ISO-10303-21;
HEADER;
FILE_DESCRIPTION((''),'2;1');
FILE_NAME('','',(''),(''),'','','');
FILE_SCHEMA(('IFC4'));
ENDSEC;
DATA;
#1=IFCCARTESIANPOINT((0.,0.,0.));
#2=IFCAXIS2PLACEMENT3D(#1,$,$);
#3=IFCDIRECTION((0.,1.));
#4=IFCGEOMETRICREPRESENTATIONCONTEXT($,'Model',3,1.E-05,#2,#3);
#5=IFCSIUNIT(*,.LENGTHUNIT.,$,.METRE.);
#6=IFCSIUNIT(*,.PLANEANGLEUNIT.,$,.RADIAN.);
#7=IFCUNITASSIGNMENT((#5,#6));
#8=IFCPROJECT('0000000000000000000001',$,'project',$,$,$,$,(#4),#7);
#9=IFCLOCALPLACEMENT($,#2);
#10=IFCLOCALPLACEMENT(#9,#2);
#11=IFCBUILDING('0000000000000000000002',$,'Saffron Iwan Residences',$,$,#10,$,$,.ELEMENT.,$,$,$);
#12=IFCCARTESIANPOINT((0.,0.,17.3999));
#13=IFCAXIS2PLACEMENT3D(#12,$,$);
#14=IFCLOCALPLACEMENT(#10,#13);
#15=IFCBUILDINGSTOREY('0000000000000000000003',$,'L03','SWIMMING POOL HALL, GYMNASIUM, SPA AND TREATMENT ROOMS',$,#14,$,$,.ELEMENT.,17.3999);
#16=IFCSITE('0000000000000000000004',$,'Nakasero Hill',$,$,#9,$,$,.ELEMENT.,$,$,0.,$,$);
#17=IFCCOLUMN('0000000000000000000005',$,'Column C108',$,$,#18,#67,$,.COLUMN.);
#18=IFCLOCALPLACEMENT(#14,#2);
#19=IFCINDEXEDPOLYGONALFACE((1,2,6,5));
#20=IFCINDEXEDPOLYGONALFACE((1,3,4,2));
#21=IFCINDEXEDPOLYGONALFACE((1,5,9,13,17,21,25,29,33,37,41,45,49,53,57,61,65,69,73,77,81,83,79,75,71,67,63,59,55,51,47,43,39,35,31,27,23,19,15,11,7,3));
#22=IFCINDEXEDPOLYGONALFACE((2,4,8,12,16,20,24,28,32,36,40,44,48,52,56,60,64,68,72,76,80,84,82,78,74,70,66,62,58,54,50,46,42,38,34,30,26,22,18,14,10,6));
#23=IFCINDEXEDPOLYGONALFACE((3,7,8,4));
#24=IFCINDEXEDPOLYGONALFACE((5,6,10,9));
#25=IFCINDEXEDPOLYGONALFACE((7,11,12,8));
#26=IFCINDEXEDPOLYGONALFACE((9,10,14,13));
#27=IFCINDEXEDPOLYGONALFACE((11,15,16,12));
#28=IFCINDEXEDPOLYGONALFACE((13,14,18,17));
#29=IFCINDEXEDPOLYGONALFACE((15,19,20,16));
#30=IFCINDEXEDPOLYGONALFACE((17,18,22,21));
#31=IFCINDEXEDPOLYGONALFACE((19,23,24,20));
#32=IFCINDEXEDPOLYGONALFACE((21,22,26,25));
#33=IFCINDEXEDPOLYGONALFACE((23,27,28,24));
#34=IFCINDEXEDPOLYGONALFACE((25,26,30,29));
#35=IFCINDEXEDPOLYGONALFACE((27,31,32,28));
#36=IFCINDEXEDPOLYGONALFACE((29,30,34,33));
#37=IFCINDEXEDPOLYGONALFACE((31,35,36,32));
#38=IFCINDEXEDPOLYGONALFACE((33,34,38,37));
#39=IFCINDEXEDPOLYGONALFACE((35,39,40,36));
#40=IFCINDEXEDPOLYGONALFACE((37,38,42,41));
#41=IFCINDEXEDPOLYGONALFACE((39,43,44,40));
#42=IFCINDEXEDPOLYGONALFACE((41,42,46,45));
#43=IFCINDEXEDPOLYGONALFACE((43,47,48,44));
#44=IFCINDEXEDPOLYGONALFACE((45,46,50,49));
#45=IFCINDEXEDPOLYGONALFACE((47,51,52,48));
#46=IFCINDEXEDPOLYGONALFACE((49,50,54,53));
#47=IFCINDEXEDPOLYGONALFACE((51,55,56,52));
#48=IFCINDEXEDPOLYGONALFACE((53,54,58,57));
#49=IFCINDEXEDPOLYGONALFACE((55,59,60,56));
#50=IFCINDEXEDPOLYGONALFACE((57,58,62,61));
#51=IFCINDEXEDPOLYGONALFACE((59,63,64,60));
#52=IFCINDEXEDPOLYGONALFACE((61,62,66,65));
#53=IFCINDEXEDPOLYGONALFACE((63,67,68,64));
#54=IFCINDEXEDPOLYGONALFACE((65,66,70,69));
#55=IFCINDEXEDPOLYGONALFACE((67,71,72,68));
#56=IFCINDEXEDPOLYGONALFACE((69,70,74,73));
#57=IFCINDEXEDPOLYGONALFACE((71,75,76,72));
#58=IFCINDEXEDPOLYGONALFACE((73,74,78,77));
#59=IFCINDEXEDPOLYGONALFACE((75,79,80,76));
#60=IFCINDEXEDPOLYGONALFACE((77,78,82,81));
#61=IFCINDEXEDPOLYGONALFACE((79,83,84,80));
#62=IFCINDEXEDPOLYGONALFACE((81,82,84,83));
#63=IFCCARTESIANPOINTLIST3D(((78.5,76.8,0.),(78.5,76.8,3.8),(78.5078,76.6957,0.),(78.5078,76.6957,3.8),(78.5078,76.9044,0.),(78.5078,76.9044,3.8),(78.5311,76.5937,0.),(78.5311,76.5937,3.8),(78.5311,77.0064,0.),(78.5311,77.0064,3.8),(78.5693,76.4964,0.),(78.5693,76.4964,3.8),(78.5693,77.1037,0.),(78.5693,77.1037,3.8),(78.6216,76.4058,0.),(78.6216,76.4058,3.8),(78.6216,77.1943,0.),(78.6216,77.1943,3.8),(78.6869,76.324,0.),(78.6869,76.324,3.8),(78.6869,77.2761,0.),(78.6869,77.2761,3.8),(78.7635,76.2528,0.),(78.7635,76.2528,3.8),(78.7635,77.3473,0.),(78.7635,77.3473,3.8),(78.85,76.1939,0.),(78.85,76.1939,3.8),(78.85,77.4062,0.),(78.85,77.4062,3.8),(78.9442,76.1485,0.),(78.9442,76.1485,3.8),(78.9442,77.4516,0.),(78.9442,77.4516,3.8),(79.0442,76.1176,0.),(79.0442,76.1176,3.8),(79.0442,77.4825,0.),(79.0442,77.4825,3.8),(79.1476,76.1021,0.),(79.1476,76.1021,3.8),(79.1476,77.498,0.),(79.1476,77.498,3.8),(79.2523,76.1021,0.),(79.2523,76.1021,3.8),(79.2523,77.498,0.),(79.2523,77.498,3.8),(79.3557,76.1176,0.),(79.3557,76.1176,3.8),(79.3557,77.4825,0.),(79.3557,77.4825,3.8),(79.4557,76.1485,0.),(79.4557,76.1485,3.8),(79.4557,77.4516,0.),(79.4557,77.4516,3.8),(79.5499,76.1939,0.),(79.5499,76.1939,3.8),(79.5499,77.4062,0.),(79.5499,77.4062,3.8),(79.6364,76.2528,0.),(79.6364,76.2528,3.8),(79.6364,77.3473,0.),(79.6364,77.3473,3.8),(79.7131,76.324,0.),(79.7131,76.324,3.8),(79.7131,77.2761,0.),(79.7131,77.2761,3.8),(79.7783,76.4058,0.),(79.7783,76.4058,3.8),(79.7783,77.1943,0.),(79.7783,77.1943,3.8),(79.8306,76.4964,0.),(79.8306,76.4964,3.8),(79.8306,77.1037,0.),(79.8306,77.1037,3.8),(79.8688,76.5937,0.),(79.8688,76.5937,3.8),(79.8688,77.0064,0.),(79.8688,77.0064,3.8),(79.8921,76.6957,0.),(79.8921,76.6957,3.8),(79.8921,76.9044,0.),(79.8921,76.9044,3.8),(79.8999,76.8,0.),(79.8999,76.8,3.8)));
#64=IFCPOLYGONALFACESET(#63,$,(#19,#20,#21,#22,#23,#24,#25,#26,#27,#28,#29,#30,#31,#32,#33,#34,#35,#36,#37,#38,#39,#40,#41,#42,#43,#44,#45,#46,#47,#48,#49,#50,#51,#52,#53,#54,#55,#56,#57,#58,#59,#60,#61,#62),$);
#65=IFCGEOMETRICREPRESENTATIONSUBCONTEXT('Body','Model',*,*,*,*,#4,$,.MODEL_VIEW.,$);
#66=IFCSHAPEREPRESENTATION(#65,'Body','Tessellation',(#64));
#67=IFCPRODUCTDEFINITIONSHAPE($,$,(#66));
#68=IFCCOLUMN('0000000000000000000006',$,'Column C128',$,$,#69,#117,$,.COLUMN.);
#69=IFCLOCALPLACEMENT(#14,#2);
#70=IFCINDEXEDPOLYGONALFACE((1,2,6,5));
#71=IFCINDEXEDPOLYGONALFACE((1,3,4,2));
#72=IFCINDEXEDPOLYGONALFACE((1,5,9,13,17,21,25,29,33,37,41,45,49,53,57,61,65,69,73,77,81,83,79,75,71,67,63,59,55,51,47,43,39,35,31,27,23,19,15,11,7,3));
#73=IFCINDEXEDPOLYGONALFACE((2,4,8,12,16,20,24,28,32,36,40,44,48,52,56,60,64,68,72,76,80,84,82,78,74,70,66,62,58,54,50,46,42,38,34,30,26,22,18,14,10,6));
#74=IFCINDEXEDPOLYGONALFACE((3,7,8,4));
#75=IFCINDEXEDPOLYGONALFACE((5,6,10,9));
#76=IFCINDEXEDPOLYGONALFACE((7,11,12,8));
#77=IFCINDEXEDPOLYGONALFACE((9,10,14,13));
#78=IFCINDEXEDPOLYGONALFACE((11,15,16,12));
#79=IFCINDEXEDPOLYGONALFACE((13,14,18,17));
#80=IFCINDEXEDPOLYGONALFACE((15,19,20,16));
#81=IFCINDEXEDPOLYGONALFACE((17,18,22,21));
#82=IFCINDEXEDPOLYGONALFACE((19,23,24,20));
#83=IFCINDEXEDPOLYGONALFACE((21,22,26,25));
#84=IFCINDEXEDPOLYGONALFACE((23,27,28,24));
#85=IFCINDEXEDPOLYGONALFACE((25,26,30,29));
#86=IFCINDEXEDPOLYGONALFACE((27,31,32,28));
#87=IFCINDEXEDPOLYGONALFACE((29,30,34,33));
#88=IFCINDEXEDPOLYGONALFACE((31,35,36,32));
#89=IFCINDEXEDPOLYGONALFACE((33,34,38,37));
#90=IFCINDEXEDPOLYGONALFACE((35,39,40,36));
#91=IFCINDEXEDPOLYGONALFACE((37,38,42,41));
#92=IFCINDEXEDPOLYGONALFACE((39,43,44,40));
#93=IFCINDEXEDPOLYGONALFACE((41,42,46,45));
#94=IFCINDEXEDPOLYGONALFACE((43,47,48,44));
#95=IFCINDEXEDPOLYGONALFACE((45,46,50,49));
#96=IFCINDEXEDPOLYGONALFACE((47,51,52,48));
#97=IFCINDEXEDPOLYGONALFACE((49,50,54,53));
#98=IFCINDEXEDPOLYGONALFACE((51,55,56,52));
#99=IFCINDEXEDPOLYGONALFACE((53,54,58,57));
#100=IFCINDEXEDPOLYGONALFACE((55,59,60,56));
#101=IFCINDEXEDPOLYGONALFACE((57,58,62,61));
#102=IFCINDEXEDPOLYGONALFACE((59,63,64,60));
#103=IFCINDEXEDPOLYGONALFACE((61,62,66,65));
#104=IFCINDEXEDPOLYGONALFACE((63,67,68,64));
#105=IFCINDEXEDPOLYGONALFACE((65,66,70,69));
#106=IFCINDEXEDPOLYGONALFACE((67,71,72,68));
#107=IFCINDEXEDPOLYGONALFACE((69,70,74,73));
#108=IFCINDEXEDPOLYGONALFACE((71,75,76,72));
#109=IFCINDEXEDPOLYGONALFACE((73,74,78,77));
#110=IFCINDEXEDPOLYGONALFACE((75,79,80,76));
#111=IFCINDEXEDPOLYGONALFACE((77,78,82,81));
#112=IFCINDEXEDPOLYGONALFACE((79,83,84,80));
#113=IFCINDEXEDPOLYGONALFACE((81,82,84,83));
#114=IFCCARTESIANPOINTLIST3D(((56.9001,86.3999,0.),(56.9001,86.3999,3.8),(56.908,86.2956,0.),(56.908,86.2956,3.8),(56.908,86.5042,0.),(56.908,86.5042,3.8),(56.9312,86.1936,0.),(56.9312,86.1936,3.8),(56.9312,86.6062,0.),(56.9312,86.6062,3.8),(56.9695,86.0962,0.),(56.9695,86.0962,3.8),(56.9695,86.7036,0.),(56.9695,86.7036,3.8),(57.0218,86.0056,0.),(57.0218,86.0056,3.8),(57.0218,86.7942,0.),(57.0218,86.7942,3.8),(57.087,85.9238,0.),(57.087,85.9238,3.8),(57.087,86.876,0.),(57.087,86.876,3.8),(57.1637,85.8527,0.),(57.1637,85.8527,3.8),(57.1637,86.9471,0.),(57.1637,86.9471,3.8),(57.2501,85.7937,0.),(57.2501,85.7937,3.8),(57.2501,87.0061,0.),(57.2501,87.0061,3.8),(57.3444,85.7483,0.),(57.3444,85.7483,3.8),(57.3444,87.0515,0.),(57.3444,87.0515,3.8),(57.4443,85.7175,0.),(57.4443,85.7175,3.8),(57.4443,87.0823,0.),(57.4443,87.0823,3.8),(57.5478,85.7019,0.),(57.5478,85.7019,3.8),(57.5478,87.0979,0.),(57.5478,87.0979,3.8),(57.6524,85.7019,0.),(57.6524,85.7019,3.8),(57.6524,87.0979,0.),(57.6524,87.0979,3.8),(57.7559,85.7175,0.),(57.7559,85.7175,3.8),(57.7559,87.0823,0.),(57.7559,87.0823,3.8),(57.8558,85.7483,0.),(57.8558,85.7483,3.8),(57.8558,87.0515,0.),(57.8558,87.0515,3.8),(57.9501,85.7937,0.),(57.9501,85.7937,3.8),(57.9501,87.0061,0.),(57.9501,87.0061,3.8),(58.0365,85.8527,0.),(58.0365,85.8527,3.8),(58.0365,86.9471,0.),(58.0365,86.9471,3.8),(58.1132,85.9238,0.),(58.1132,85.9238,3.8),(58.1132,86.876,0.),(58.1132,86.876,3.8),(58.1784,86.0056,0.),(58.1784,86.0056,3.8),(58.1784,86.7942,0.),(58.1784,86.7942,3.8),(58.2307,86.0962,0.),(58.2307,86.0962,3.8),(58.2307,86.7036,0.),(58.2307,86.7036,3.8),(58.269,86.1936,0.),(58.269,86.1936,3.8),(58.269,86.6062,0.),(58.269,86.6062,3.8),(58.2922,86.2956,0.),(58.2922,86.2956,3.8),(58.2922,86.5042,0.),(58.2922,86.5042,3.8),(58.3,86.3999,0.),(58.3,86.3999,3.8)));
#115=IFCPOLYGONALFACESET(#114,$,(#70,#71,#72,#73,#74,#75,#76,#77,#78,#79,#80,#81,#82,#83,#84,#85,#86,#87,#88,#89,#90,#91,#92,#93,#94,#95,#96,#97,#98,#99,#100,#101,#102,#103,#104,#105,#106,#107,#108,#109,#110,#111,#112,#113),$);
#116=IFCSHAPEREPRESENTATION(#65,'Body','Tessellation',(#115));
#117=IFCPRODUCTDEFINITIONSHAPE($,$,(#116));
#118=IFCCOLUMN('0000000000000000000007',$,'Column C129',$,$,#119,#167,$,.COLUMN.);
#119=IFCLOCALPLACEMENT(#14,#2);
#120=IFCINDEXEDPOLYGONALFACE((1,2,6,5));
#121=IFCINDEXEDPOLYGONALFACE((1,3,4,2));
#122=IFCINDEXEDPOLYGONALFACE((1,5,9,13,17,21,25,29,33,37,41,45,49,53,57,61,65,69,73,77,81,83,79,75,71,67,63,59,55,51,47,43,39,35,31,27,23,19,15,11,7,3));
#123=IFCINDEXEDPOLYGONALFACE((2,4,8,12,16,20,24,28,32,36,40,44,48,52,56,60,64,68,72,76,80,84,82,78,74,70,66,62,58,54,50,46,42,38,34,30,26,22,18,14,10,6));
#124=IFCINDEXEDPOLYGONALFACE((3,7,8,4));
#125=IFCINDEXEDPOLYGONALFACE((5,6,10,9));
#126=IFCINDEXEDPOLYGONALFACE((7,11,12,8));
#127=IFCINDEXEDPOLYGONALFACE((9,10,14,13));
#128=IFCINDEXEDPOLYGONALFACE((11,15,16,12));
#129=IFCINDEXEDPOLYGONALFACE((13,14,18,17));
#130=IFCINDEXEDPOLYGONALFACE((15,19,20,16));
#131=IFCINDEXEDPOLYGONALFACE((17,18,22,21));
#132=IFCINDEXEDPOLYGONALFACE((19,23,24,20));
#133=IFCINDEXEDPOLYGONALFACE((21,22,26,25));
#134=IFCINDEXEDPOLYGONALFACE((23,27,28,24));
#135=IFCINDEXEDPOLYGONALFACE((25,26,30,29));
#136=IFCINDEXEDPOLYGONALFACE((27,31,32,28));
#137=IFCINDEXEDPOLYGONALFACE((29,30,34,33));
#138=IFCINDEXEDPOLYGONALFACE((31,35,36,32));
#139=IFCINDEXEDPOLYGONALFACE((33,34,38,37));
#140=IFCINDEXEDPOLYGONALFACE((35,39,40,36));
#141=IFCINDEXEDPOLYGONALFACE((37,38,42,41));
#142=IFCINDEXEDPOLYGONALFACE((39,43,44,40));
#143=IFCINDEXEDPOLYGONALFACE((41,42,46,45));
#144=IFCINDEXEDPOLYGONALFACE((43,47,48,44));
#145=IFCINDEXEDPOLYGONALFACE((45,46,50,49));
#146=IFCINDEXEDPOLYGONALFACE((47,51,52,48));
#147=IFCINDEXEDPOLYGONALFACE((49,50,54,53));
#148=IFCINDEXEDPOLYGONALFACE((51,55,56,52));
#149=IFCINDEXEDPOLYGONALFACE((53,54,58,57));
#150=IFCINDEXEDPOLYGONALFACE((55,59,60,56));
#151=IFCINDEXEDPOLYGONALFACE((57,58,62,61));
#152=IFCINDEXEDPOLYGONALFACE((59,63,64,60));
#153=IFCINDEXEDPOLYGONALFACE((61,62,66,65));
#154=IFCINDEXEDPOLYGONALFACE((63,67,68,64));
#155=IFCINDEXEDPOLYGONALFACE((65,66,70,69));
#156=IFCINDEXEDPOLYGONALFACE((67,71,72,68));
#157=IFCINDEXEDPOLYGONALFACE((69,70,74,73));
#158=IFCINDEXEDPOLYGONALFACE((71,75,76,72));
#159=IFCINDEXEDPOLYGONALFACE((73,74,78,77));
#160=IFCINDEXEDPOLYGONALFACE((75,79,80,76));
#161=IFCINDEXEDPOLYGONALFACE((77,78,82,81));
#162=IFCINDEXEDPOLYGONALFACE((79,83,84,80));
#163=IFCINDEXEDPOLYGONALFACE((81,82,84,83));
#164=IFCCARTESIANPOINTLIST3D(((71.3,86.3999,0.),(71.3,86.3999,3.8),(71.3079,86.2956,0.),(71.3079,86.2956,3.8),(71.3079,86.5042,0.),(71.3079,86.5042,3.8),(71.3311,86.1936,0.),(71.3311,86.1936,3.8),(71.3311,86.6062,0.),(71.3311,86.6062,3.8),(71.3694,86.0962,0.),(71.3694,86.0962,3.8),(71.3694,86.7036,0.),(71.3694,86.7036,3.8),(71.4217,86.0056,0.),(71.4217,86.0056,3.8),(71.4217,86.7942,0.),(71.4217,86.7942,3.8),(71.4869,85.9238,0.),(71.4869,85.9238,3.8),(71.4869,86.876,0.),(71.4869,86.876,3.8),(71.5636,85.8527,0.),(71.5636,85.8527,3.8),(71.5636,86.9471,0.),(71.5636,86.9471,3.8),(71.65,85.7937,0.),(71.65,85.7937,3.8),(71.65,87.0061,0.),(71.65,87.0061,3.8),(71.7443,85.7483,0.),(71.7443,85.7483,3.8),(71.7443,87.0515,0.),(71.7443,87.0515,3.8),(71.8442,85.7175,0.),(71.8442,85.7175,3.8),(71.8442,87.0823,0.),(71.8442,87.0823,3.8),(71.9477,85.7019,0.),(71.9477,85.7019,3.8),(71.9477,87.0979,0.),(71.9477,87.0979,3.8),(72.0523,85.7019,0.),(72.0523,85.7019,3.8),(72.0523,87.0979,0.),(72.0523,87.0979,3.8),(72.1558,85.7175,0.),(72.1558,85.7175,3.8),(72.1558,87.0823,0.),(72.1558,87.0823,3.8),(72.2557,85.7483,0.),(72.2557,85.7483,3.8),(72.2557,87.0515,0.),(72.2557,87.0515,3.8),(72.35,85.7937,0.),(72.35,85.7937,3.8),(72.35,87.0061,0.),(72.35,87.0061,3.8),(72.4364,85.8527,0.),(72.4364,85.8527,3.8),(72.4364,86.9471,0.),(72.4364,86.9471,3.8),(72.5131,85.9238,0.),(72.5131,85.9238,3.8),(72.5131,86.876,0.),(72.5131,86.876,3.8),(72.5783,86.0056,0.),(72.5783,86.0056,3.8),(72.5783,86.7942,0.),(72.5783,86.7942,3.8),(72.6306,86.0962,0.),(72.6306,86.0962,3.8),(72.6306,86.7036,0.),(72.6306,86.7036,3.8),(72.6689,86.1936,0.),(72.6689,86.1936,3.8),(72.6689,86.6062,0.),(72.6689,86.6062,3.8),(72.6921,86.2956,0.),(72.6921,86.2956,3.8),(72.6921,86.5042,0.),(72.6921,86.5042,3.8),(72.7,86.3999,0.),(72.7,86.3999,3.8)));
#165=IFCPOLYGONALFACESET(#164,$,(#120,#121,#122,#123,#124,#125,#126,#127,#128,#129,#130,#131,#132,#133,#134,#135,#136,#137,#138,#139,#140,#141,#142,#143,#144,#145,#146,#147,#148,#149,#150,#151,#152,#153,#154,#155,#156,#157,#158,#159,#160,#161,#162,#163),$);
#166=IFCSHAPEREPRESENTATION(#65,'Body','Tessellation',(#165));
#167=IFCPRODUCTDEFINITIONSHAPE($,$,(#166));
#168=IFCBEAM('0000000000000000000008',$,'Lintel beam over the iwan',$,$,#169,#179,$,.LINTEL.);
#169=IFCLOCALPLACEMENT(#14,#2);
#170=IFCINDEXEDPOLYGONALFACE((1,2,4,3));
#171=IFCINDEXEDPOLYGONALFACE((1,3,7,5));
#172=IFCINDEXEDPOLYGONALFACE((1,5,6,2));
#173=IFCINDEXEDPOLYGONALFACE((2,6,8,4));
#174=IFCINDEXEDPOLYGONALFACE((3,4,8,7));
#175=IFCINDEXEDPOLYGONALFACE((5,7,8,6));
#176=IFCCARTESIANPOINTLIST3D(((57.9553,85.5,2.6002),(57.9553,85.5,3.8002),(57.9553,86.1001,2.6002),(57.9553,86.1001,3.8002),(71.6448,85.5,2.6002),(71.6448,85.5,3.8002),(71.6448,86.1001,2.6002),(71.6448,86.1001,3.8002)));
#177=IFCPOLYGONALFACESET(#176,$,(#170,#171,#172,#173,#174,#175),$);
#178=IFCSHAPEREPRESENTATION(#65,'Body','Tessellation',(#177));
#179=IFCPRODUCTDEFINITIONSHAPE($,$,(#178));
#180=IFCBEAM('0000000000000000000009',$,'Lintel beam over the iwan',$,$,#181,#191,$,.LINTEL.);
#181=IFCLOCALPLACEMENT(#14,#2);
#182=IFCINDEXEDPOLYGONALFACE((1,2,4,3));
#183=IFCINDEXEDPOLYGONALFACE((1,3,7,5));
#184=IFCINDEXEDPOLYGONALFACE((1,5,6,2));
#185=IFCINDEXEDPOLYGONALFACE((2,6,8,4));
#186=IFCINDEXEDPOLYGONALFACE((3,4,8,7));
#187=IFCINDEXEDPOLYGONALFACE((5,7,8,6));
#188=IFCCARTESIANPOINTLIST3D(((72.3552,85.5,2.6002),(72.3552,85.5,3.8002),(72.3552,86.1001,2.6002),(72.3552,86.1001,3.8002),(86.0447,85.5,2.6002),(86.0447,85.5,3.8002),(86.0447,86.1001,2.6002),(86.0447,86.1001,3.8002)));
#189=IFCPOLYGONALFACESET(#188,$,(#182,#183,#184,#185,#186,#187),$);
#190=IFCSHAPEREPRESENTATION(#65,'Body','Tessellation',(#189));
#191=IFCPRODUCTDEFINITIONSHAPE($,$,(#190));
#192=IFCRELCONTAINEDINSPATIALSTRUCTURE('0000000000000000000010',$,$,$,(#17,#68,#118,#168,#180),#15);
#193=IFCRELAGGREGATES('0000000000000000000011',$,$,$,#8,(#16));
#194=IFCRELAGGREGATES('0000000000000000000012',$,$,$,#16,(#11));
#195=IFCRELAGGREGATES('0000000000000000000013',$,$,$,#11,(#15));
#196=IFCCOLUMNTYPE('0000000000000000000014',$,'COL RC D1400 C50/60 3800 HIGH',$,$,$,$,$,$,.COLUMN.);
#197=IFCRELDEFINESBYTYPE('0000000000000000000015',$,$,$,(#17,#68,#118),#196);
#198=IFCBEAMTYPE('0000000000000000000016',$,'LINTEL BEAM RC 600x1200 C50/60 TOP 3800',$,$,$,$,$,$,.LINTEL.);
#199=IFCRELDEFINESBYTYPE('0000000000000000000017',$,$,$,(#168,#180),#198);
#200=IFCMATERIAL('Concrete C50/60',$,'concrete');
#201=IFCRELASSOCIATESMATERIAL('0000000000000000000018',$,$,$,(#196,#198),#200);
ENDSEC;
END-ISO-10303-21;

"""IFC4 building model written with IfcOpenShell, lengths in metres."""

from ifc_helpers import new_model, si_unit, direction, frame, origin, origin_2d, place, context, subcontext, project, spatial, rectangle, circle, extrude, source, transform, mapped, material, material_profile, profile_set, type_object, element, save


model = new_model("IFC4")

# Units and contexts
model_context = context("Model", 3, precision=1e-05, world=origin(), true_north=direction((0.0, 1.0)))
body_context = subcontext(model_context, "Body", "Model", "MODEL_VIEW")
ifc_project = project(units=[si_unit("LENGTHUNIT", "METRE"), si_unit("PLANEANGLEUNIT", "RADIAN")], contexts=[model_context])

# Site, building, storey
site_placement = place(None, origin())
site = spatial("IfcSite", under=ifc_project, at=site_placement, Name="Nakasero Hill", CompositionType="ELEMENT", RefElevation=0.0)
building_placement = place(site_placement, origin())
building = spatial("IfcBuilding", under=site, at=building_placement, Name="Saffron Iwan Residences", CompositionType="ELEMENT")
storey_placement = place(building_placement, frame((0.0, 0.0, 17.3999)))
storey = spatial("IfcBuildingStorey", under=building, at=storey_placement, Name="L03", Description="SWIMMING POOL HALL, GYMNASIUM, SPA AND TREATMENT ROOMS", CompositionType="ELEMENT", Elevation=17.3999)

# Columns
ifc_material_1 = material(Name="Concrete C50/60", Category="concrete")
ifc_material_profile_1 = material_profile(ifc_material_1, circle(Radius=0.7, at=origin_2d()), Name="RC D1400")
ifc_profile_set_1 = profile_set([ifc_material_profile_1], Name="Concrete C50/60")
column_type = type_object("IfcColumnType", Name="COL RC D1400 C50/60 3800 HIGH", PredefinedType="COLUMN", material=ifc_profile_set_1)
shared_shape_1 = source(origin(), body_context, "Body", "SweptSolid", [
    extrude(circle(Radius=0.7, at=origin_2d()), origin(), (0.0, 0.0, 1.0), 3.8),
])
for number, where, z_axis, x_axis, name in (
    (1, (79.2, 76.8, 0.0), (0.0, 0.0, 1.0), (1.0, 0.0, 0.0), "Column C108"),
    (2, (57.6001, 86.3999, 0.0), (0.0, 0.0, 1.0), (1.0, 0.0, 0.0), "Column C128"),
    (3, (72.0, 86.3999, 0.0), (0.0, 0.0, 1.0), (1.0, 0.0, 0.0), "Column C129"),
):
    element("IfcColumn", number, at=place(storey_placement, frame(where, z_axis=z_axis, x_axis=x_axis)), inside=storey, type_object=column_type, Name=name, PredefinedType="COLUMN", context=body_context, shape_type="MappedRepresentation", body=[
        mapped(shared_shape_1, transform((0.0, 0.0, 0.0))),
    ])

# Beams
ifc_material_profile_2 = material_profile(ifc_material_1, rectangle(XDim=0.6001, YDim=1.2, at=origin_2d()), Name="RC 600x1200")
ifc_profile_set_2 = profile_set([ifc_material_profile_2], Name="Concrete C50/60")
beam_type = type_object("IfcBeamType", Name="LINTEL BEAM RC 600x1200 C50/60 TOP 3800", PredefinedType="LINTEL", material=ifc_profile_set_2)
shared_shape_2 = source(origin(), body_context, "Body", "SweptSolid", [
    extrude(rectangle(XDim=0.6001, YDim=1.2, at=origin_2d()), origin(), (0.0, 0.0, 1.0), 13.6895),
])
for number, where, z_axis, x_axis, name in (
    (4, (57.9553, 85.8, 3.2002), (1.0, 0.0, 0.0), (0.0, 1.0, 0.0), "Lintel beam over the iwan"),
    (5, (72.3552, 85.8, 3.2002), (1.0, 0.0, 0.0), (0.0, 1.0, 0.0), "Lintel beam over the iwan"),
):
    element("IfcBeam", number, at=place(storey_placement, frame(where, z_axis=z_axis, x_axis=x_axis)), inside=storey, type_object=beam_type, Name=name, PredefinedType="LINTEL", context=body_context, shape_type="MappedRepresentation", body=[
        mapped(shared_shape_2, transform((0.0, 0.0, 0.0))),
    ])

save(model, "model.ifc")
